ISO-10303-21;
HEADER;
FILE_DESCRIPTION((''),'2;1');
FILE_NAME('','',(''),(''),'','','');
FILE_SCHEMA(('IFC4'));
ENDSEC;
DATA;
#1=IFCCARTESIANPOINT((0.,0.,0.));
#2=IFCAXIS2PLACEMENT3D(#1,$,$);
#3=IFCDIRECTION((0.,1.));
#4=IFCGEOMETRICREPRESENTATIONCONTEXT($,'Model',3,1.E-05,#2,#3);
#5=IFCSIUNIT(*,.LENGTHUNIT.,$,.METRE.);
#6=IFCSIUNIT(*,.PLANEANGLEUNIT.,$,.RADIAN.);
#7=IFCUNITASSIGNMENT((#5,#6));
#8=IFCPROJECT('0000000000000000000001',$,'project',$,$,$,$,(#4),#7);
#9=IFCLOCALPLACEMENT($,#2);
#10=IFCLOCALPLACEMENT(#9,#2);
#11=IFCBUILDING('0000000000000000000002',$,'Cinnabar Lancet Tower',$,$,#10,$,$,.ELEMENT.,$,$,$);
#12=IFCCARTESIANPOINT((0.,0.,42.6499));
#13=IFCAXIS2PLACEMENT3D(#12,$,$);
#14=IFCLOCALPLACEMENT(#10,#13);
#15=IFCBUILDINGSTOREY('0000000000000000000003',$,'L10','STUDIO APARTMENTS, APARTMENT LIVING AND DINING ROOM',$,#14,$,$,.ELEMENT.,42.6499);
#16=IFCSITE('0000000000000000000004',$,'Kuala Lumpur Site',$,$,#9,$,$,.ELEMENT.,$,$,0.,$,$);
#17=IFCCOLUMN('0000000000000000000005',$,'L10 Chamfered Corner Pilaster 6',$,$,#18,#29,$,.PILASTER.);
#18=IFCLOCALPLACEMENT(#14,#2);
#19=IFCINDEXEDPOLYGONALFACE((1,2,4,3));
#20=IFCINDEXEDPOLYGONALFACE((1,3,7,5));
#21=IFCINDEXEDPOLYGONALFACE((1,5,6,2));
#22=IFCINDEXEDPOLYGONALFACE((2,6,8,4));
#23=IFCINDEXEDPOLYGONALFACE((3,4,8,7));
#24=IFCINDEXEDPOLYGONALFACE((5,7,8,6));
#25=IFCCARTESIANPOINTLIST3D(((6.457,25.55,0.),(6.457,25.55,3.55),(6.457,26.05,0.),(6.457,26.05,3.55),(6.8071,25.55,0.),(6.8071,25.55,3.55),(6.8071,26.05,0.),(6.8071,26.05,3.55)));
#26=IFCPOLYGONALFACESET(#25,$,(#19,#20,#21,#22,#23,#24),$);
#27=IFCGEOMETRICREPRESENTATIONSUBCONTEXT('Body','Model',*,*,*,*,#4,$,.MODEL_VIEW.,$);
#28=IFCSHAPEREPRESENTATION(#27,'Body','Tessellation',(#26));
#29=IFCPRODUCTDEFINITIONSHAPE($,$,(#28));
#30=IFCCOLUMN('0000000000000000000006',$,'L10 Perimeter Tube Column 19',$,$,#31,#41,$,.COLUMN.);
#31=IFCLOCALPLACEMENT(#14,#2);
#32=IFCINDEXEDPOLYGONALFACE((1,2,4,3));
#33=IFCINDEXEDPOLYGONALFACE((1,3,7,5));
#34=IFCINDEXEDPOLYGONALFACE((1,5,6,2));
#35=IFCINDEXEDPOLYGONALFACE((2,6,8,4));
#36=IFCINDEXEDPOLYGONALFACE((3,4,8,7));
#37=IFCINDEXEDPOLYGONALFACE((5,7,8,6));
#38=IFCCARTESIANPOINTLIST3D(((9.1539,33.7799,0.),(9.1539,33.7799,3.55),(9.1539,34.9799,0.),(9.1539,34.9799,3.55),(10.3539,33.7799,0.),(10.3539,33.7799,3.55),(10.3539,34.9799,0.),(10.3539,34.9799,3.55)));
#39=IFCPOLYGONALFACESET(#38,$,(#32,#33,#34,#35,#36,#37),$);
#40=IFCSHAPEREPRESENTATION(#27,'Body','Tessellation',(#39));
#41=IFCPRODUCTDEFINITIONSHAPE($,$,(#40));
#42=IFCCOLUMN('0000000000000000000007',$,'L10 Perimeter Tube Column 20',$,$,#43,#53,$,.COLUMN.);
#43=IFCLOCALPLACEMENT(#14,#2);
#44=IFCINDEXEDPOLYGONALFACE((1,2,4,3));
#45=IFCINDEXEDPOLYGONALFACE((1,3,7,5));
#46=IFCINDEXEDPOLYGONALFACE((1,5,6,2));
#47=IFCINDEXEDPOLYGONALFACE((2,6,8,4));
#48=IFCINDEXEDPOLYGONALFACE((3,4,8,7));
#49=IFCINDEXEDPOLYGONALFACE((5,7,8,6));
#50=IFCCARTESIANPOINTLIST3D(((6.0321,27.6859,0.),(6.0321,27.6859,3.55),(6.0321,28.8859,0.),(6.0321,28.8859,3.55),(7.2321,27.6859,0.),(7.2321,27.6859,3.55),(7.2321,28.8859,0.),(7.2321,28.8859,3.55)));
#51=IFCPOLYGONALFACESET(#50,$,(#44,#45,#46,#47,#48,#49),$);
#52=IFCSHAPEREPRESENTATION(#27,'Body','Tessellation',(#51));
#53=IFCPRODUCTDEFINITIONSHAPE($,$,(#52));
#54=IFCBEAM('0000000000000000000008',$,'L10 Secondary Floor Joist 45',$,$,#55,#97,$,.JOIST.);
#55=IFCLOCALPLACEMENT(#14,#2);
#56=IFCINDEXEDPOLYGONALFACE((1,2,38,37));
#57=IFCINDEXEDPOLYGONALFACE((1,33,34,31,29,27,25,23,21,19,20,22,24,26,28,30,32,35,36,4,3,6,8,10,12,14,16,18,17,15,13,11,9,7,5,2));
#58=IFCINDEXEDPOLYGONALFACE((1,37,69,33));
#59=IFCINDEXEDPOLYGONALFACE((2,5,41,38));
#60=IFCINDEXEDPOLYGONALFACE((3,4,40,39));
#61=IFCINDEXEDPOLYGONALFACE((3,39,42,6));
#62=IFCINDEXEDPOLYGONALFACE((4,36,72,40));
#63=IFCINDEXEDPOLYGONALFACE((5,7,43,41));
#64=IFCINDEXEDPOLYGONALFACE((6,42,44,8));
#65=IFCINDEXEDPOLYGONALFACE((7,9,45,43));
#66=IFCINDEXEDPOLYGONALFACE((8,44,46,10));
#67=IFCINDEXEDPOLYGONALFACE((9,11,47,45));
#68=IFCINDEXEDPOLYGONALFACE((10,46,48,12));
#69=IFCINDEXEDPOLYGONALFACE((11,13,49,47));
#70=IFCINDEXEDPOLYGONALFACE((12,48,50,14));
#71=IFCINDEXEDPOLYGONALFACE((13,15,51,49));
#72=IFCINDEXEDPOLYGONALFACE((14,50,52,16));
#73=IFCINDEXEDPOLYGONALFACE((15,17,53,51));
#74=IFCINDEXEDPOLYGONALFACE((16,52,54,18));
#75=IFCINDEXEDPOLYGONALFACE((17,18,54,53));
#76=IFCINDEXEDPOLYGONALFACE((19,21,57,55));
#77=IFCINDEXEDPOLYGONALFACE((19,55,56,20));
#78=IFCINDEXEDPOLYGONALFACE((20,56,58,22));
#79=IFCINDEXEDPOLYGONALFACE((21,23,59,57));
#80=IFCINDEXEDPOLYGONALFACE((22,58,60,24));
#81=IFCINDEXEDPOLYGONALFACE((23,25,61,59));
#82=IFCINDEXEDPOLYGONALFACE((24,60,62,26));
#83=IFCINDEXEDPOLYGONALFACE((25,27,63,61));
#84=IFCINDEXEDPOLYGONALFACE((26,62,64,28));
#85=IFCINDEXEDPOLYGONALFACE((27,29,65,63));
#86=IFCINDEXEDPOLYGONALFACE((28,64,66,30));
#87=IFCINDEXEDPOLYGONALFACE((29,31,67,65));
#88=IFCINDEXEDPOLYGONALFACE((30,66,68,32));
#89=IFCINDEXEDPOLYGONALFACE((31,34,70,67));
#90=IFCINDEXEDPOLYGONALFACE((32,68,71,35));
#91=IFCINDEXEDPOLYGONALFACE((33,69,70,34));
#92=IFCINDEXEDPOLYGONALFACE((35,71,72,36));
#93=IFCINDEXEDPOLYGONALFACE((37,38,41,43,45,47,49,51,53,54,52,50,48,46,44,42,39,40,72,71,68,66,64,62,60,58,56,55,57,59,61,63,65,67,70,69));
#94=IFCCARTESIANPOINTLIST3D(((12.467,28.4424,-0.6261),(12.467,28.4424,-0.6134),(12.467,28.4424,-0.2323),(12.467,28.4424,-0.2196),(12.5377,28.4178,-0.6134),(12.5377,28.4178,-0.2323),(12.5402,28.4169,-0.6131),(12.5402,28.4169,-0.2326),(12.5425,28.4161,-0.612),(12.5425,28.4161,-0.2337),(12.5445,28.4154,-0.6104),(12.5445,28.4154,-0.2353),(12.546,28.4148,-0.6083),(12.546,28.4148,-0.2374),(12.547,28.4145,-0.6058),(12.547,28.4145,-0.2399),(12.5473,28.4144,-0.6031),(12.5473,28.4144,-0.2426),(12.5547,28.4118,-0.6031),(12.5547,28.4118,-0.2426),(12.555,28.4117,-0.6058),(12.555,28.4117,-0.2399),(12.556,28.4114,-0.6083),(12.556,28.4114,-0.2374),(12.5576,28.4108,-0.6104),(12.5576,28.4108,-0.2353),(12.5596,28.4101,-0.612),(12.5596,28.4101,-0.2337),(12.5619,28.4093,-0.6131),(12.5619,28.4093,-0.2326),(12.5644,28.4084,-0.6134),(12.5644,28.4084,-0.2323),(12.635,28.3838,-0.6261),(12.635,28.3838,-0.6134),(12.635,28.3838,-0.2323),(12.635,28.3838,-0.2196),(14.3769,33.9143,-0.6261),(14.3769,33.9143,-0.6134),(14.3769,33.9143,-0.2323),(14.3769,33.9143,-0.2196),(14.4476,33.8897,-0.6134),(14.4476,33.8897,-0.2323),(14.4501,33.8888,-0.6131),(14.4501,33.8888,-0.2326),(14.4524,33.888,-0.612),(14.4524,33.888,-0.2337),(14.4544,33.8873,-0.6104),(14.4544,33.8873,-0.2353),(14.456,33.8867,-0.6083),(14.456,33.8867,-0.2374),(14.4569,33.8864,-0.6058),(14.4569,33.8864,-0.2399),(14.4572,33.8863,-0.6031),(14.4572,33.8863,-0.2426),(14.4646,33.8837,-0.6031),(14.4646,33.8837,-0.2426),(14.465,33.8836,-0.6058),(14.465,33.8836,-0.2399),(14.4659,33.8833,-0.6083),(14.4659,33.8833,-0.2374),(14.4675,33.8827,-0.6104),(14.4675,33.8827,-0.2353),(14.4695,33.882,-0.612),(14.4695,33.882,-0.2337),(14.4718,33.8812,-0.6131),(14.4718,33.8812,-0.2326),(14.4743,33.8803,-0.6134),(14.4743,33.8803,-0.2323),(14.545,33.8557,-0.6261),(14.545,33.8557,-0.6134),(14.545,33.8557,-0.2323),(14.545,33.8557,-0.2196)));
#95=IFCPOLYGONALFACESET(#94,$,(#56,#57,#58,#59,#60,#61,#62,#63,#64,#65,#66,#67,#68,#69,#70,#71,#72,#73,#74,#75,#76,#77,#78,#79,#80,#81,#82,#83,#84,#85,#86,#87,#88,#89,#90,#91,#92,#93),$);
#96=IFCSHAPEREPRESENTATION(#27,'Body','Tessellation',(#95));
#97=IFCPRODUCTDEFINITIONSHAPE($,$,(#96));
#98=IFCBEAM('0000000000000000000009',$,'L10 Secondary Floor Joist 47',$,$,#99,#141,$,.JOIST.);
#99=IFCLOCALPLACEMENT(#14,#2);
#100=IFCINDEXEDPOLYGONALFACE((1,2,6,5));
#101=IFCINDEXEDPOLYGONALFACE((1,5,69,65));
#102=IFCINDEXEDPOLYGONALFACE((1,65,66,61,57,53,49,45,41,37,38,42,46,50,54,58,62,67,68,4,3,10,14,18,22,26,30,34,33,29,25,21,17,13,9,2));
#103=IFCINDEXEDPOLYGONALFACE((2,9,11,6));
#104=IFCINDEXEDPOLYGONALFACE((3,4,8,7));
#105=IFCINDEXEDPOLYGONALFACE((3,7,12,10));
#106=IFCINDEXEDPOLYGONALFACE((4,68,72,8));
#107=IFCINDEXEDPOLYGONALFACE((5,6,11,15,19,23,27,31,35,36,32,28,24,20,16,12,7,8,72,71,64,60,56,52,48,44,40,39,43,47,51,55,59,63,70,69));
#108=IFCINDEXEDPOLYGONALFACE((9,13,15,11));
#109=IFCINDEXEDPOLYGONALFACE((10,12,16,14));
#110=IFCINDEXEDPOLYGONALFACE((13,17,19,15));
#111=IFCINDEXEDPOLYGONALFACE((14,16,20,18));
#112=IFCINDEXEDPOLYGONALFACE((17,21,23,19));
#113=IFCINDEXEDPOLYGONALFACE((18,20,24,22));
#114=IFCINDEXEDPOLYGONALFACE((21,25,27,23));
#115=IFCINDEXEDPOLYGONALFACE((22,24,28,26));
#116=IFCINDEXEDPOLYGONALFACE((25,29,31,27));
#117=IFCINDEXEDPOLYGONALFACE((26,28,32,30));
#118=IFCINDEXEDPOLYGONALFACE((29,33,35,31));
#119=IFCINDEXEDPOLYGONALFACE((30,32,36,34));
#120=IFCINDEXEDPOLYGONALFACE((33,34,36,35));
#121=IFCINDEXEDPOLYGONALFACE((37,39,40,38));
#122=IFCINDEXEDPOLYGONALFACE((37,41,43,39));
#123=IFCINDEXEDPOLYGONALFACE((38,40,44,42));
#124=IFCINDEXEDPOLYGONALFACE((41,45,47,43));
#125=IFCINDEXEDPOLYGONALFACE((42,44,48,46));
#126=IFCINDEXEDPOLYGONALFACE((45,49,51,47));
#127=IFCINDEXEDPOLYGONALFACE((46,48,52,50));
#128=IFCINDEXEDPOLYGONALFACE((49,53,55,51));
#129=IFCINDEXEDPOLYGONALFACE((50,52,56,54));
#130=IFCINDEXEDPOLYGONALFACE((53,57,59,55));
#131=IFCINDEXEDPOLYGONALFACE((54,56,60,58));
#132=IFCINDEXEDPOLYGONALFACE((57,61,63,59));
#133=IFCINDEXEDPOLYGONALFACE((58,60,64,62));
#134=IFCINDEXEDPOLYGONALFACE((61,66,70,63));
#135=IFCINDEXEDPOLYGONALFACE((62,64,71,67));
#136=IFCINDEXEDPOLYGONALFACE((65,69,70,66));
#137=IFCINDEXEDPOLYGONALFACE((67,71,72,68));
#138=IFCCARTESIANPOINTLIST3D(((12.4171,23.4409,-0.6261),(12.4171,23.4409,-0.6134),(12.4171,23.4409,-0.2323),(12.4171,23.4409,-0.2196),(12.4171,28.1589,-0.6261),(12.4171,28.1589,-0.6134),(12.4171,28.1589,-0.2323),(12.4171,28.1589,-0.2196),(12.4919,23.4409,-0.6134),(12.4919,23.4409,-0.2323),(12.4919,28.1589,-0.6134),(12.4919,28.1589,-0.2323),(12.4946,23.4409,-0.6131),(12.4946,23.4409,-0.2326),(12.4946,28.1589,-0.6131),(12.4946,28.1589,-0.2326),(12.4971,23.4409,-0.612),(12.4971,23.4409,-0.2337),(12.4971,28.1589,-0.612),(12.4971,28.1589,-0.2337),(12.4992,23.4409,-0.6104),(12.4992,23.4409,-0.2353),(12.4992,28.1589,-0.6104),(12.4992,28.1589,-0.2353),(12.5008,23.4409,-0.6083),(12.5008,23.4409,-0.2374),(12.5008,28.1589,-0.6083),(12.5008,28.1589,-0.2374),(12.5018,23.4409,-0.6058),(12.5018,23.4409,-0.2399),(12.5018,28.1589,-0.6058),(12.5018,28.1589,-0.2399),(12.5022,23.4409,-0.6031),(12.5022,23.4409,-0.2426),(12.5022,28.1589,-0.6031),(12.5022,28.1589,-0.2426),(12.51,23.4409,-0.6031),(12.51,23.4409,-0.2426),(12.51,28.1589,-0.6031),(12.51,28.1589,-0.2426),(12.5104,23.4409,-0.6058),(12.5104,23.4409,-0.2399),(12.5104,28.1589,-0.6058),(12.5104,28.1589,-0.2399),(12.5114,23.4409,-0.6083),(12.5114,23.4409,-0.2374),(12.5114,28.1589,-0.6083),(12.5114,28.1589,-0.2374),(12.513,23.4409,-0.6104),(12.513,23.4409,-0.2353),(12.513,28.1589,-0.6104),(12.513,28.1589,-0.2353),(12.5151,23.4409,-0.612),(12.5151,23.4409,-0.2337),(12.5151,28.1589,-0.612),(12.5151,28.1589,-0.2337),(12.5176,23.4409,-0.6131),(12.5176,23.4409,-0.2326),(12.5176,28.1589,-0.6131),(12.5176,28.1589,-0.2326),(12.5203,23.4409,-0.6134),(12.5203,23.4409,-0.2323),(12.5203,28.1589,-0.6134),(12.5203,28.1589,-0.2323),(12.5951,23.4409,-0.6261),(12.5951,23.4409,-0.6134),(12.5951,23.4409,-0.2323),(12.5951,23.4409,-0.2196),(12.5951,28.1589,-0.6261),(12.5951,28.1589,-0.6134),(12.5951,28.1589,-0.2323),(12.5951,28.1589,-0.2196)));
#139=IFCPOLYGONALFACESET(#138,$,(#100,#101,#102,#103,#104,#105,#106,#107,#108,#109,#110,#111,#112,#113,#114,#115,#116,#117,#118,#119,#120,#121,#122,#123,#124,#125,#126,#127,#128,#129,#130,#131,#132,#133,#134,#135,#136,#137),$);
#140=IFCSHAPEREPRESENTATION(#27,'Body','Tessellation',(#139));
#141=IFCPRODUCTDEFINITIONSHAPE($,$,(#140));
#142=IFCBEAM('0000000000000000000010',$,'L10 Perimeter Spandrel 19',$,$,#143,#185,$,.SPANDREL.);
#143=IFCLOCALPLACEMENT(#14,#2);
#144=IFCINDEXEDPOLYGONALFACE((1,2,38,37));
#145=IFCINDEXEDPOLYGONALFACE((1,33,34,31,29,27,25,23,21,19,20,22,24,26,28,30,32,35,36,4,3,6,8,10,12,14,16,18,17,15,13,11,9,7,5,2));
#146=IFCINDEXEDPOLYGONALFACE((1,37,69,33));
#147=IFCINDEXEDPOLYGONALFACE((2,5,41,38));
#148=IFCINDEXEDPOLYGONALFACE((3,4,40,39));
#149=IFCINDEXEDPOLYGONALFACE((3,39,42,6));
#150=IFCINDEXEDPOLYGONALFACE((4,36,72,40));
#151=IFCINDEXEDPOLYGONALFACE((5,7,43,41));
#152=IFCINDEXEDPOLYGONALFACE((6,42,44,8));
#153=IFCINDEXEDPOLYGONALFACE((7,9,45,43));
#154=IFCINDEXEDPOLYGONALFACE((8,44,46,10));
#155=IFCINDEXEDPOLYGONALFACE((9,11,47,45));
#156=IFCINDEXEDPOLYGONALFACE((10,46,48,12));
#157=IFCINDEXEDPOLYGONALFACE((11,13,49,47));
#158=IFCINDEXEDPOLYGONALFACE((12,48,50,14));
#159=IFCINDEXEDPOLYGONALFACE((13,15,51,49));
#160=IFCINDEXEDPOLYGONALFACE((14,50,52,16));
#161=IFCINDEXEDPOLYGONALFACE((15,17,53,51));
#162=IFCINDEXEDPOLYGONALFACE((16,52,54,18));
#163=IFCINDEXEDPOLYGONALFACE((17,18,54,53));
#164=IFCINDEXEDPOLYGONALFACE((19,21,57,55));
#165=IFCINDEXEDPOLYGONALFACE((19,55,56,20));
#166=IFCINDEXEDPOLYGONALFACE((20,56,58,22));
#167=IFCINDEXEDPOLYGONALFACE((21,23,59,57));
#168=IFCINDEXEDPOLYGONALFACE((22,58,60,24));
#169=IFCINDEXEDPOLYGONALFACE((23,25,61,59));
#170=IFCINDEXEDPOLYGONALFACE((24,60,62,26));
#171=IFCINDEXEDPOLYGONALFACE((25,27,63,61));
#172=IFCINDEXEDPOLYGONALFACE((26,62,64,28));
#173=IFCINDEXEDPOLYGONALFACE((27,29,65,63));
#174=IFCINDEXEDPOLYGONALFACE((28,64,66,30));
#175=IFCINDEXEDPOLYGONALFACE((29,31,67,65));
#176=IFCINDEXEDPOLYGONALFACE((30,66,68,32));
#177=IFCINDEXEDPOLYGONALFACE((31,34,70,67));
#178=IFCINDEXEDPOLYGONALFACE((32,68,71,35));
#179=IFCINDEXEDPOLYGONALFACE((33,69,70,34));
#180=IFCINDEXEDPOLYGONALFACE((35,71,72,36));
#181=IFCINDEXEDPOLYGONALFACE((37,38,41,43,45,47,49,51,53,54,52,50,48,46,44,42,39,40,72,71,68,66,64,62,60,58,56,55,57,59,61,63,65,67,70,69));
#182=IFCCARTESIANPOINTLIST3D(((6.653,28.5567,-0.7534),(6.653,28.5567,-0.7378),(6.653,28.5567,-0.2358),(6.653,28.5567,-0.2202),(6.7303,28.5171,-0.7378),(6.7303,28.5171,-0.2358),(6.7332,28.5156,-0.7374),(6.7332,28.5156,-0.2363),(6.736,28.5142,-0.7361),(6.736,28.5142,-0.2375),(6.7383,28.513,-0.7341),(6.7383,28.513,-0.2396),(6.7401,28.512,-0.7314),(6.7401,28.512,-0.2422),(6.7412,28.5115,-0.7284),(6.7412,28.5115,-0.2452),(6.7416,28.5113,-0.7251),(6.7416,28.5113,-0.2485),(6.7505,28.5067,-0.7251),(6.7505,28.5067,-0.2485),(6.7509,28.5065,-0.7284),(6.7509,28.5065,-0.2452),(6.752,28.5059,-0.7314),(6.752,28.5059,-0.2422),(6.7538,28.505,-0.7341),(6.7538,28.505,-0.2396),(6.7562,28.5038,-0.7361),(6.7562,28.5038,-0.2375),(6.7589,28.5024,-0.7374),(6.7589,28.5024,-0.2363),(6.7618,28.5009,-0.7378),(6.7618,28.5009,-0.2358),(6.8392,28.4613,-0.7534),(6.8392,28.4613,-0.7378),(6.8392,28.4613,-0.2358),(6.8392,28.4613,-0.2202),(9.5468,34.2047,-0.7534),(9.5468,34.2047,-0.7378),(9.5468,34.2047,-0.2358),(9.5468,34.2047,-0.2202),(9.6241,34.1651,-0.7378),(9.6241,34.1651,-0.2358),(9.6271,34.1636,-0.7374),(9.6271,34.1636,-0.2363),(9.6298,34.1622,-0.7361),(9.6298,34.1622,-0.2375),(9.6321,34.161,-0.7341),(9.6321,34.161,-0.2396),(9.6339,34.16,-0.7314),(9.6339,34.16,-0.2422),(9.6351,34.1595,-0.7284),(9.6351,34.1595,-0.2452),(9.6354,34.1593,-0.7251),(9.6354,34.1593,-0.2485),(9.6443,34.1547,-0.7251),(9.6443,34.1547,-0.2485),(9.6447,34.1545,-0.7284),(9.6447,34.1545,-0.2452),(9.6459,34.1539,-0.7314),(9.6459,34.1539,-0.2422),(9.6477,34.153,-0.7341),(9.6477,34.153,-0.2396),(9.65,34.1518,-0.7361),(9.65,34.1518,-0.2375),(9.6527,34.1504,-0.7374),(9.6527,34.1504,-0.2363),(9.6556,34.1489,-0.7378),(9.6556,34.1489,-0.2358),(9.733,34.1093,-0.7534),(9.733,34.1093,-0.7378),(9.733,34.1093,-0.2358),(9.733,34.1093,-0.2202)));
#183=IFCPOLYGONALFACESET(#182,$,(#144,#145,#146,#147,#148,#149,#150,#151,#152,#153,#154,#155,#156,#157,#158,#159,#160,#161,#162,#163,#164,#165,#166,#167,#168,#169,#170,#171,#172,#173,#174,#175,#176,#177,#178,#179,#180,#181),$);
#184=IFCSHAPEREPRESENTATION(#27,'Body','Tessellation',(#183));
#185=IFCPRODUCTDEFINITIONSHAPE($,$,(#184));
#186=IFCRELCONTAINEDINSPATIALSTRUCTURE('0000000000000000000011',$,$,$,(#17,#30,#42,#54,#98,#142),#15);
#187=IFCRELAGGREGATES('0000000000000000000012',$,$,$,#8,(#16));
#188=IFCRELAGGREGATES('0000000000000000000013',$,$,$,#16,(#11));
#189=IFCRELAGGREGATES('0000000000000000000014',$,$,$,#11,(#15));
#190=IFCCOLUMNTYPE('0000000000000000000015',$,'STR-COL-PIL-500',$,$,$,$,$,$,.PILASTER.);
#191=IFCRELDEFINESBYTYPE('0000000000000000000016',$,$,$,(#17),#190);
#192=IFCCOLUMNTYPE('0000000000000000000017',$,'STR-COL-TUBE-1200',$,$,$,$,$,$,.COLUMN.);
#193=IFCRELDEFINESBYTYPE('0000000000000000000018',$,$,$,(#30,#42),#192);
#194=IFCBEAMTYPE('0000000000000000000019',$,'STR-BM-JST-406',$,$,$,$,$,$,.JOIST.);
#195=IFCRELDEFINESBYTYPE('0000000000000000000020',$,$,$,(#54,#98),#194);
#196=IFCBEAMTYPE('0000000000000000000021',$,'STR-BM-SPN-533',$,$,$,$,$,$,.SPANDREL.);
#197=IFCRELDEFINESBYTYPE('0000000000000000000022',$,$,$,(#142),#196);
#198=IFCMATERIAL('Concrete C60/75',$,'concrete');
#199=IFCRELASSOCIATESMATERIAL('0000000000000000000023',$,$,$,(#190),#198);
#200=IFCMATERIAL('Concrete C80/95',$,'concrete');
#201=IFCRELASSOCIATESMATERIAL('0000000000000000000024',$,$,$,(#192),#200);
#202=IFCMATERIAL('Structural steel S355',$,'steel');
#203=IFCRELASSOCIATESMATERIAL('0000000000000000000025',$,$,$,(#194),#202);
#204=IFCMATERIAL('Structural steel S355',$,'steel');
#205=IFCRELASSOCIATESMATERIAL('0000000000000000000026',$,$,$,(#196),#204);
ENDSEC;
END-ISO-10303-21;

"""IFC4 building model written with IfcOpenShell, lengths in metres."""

from ifc_helpers import new_model, si_unit, direction, frame, origin, origin_2d, place, context, subcontext, project, spatial, rectangle, i_section, extrude, material, material_profile, profile_set, type_object, element, save


model = new_model("IFC4")

# Units and contexts
model_context = context("Model", 3, precision=1e-05, world=origin(), true_north=direction((0.0, 1.0)))
body_context = subcontext(model_context, "Body", "Model", "MODEL_VIEW")
ifc_project = project(units=[si_unit("LENGTHUNIT", "METRE"), si_unit("PLANEANGLEUNIT", "RADIAN")], contexts=[model_context])

# Site, building, storey
site_placement = place(None, origin())
site = spatial("IfcSite", under=ifc_project, at=site_placement, Name="Kuala Lumpur Site", CompositionType="ELEMENT", RefElevation=0.0)
building_placement = place(site_placement, origin())
building = spatial("IfcBuilding", under=site, at=building_placement, Name="Cinnabar Lancet Tower", CompositionType="ELEMENT")
storey_placement = place(building_placement, frame((0.0, 0.0, 42.6499)))
storey = spatial("IfcBuildingStorey", under=building, at=storey_placement, Name="L10", Description="STUDIO APARTMENTS, APARTMENT LIVING AND DINING ROOM", CompositionType="ELEMENT", Elevation=42.6499)

# Columns
ifc_material_1 = material(Name="Concrete C60/75", Category="concrete")
ifc_material_profile_1 = material_profile(ifc_material_1, rectangle(XDim=0.5, YDim=0.3501, at=origin_2d()), Name="RC-PIL 500x350")
ifc_profile_set_1 = profile_set([ifc_material_profile_1], Name="Concrete C60/75")
column_type_1 = type_object("IfcColumnType", Name="STR-COL-PIL-500", PredefinedType="PILASTER", material=ifc_profile_set_1)
column_placement = place(storey_placement, frame((6.6321, 25.8, 0.0), z_axis=(0.0, 0.0, 1.0), x_axis=(0.0, -1.0, 0.0)))
element("IfcColumn", 1, at=column_placement, inside=storey, type_object=column_type_1, Name="L10 Chamfered Corner Pilaster 6", PredefinedType="PILASTER", context=body_context, shape_type="SweptSolid", body=[
    extrude(rectangle(XDim=0.5, YDim=0.3501, at=origin_2d()), origin(), (0.0, 0.0, 1.0), 3.55),
])
ifc_material_2 = material(Name="Concrete C80/95", Category="concrete")
ifc_material_profile_2 = material_profile(ifc_material_2, rectangle(XDim=1.2, YDim=1.2, at=origin_2d()), Name="RC-COL 1200x1200")
ifc_profile_set_2 = profile_set([ifc_material_profile_2], Name="Concrete C80/95")
column_type_2 = type_object("IfcColumnType", Name="STR-COL-TUBE-1200", PredefinedType="COLUMN", material=ifc_profile_set_2)
for number, where, z_axis, x_axis, name in (
    (2, (9.7539, 34.3799, 0.0), (0.0, 0.0, 1.0), (1.0, 0.0, 0.0), "L10 Perimeter Tube Column 19"),
    (3, (6.6321, 28.2859, 0.0), (0.0, 0.0, 1.0), (1.0, 0.0, 0.0), "L10 Perimeter Tube Column 20"),
):
    element("IfcColumn", number, at=place(storey_placement, frame(where, z_axis=z_axis, x_axis=x_axis)), inside=storey, type_object=column_type_2, Name=name, PredefinedType="COLUMN", context=body_context, shape_type="SweptSolid", body=[
        extrude(rectangle(XDim=1.2, YDim=1.2, at=origin_2d()), origin(), (0.0, 0.0, 1.0), 3.55),
    ])

# Beams
ifc_material_3 = material(Name="Structural steel S355", Category="steel")
ifc_material_profile_3 = material_profile(ifc_material_3, i_section(OverallWidth=0.178, OverallDepth=0.4065, WebThickness=0.0078, FlangeThickness=0.0127, FilletRadius=0.0103, at=origin_2d()), Name="UKB 406x178x60")
ifc_profile_set_3 = profile_set([ifc_material_profile_3], Name="Structural steel S355")
beam_type_1 = type_object("IfcBeamType", Name="STR-BM-JST-406", PredefinedType="JOIST", material=ifc_profile_set_3)
beam_1_placement = place(storey_placement, frame((14.4609, 33.885, -0.4229), z_axis=(-0.329542, -0.944141, 0.0), x_axis=(0.944141, -0.329542, 0.0)))
element("IfcBeam", 4, at=beam_1_placement, inside=storey, type_object=beam_type_1, Name="L10 Secondary Floor Joist 45", PredefinedType="JOIST", context=body_context, shape_type="SweptSolid", body=[
    extrude(i_section(OverallWidth=0.178, OverallDepth=0.4065, WebThickness=0.0078, FlangeThickness=0.0127, FilletRadius=0.0103, at=origin_2d()), origin(), (0.0, 0.0, 1.0), 5.7957),
])
beam_2_placement = place(storey_placement, frame((12.5061, 28.1589, -0.4229), z_axis=(0.0, -1.0, 0.0), x_axis=(1.0, 0.0, 0.0)))
element("IfcBeam", 5, at=beam_2_placement, inside=storey, type_object=beam_type_1, Name="L10 Secondary Floor Joist 47", PredefinedType="JOIST", context=body_context, shape_type="SweptSolid", body=[
    extrude(i_section(OverallWidth=0.178, OverallDepth=0.4065, WebThickness=0.0078, FlangeThickness=0.0127, FilletRadius=0.0103, at=origin_2d()), origin(), (0.0, 0.0, 1.0), 4.718),
])
ifc_material_4 = material(Name="Structural steel S355", Category="steel")
ifc_material_profile_4 = material_profile(ifc_material_4, i_section(OverallWidth=0.2092, OverallDepth=0.5332, WebThickness=0.01, FlangeThickness=0.0156, FilletRadius=0.0127, at=origin_2d()), Name="UKB 533x210x92")
ifc_profile_set_4 = profile_set([ifc_material_profile_4], Name="Structural steel S355")
beam_type_2 = type_object("IfcBeamType", Name="STR-BM-SPN-533", PredefinedType="SPANDREL", material=ifc_profile_set_4)
beam_3_placement = place(storey_placement, frame((9.6399, 34.157, -0.4868), z_axis=(-0.455994, -0.889983, 0.0), x_axis=(0.889983, -0.455994, 0.0)))
element("IfcBeam", 6, at=beam_3_placement, inside=storey, type_object=beam_type_2, Name="L10 Perimeter Spandrel 19", PredefinedType="SPANDREL", context=body_context, shape_type="SweptSolid", body=[
    extrude(i_section(OverallWidth=0.2092, OverallDepth=0.5332, WebThickness=0.01, FlangeThickness=0.0156, FilletRadius=0.0127, at=origin_2d()), origin(), (0.0, 0.0, 1.0), 6.3462),
])

save(model, "model.ifc")
